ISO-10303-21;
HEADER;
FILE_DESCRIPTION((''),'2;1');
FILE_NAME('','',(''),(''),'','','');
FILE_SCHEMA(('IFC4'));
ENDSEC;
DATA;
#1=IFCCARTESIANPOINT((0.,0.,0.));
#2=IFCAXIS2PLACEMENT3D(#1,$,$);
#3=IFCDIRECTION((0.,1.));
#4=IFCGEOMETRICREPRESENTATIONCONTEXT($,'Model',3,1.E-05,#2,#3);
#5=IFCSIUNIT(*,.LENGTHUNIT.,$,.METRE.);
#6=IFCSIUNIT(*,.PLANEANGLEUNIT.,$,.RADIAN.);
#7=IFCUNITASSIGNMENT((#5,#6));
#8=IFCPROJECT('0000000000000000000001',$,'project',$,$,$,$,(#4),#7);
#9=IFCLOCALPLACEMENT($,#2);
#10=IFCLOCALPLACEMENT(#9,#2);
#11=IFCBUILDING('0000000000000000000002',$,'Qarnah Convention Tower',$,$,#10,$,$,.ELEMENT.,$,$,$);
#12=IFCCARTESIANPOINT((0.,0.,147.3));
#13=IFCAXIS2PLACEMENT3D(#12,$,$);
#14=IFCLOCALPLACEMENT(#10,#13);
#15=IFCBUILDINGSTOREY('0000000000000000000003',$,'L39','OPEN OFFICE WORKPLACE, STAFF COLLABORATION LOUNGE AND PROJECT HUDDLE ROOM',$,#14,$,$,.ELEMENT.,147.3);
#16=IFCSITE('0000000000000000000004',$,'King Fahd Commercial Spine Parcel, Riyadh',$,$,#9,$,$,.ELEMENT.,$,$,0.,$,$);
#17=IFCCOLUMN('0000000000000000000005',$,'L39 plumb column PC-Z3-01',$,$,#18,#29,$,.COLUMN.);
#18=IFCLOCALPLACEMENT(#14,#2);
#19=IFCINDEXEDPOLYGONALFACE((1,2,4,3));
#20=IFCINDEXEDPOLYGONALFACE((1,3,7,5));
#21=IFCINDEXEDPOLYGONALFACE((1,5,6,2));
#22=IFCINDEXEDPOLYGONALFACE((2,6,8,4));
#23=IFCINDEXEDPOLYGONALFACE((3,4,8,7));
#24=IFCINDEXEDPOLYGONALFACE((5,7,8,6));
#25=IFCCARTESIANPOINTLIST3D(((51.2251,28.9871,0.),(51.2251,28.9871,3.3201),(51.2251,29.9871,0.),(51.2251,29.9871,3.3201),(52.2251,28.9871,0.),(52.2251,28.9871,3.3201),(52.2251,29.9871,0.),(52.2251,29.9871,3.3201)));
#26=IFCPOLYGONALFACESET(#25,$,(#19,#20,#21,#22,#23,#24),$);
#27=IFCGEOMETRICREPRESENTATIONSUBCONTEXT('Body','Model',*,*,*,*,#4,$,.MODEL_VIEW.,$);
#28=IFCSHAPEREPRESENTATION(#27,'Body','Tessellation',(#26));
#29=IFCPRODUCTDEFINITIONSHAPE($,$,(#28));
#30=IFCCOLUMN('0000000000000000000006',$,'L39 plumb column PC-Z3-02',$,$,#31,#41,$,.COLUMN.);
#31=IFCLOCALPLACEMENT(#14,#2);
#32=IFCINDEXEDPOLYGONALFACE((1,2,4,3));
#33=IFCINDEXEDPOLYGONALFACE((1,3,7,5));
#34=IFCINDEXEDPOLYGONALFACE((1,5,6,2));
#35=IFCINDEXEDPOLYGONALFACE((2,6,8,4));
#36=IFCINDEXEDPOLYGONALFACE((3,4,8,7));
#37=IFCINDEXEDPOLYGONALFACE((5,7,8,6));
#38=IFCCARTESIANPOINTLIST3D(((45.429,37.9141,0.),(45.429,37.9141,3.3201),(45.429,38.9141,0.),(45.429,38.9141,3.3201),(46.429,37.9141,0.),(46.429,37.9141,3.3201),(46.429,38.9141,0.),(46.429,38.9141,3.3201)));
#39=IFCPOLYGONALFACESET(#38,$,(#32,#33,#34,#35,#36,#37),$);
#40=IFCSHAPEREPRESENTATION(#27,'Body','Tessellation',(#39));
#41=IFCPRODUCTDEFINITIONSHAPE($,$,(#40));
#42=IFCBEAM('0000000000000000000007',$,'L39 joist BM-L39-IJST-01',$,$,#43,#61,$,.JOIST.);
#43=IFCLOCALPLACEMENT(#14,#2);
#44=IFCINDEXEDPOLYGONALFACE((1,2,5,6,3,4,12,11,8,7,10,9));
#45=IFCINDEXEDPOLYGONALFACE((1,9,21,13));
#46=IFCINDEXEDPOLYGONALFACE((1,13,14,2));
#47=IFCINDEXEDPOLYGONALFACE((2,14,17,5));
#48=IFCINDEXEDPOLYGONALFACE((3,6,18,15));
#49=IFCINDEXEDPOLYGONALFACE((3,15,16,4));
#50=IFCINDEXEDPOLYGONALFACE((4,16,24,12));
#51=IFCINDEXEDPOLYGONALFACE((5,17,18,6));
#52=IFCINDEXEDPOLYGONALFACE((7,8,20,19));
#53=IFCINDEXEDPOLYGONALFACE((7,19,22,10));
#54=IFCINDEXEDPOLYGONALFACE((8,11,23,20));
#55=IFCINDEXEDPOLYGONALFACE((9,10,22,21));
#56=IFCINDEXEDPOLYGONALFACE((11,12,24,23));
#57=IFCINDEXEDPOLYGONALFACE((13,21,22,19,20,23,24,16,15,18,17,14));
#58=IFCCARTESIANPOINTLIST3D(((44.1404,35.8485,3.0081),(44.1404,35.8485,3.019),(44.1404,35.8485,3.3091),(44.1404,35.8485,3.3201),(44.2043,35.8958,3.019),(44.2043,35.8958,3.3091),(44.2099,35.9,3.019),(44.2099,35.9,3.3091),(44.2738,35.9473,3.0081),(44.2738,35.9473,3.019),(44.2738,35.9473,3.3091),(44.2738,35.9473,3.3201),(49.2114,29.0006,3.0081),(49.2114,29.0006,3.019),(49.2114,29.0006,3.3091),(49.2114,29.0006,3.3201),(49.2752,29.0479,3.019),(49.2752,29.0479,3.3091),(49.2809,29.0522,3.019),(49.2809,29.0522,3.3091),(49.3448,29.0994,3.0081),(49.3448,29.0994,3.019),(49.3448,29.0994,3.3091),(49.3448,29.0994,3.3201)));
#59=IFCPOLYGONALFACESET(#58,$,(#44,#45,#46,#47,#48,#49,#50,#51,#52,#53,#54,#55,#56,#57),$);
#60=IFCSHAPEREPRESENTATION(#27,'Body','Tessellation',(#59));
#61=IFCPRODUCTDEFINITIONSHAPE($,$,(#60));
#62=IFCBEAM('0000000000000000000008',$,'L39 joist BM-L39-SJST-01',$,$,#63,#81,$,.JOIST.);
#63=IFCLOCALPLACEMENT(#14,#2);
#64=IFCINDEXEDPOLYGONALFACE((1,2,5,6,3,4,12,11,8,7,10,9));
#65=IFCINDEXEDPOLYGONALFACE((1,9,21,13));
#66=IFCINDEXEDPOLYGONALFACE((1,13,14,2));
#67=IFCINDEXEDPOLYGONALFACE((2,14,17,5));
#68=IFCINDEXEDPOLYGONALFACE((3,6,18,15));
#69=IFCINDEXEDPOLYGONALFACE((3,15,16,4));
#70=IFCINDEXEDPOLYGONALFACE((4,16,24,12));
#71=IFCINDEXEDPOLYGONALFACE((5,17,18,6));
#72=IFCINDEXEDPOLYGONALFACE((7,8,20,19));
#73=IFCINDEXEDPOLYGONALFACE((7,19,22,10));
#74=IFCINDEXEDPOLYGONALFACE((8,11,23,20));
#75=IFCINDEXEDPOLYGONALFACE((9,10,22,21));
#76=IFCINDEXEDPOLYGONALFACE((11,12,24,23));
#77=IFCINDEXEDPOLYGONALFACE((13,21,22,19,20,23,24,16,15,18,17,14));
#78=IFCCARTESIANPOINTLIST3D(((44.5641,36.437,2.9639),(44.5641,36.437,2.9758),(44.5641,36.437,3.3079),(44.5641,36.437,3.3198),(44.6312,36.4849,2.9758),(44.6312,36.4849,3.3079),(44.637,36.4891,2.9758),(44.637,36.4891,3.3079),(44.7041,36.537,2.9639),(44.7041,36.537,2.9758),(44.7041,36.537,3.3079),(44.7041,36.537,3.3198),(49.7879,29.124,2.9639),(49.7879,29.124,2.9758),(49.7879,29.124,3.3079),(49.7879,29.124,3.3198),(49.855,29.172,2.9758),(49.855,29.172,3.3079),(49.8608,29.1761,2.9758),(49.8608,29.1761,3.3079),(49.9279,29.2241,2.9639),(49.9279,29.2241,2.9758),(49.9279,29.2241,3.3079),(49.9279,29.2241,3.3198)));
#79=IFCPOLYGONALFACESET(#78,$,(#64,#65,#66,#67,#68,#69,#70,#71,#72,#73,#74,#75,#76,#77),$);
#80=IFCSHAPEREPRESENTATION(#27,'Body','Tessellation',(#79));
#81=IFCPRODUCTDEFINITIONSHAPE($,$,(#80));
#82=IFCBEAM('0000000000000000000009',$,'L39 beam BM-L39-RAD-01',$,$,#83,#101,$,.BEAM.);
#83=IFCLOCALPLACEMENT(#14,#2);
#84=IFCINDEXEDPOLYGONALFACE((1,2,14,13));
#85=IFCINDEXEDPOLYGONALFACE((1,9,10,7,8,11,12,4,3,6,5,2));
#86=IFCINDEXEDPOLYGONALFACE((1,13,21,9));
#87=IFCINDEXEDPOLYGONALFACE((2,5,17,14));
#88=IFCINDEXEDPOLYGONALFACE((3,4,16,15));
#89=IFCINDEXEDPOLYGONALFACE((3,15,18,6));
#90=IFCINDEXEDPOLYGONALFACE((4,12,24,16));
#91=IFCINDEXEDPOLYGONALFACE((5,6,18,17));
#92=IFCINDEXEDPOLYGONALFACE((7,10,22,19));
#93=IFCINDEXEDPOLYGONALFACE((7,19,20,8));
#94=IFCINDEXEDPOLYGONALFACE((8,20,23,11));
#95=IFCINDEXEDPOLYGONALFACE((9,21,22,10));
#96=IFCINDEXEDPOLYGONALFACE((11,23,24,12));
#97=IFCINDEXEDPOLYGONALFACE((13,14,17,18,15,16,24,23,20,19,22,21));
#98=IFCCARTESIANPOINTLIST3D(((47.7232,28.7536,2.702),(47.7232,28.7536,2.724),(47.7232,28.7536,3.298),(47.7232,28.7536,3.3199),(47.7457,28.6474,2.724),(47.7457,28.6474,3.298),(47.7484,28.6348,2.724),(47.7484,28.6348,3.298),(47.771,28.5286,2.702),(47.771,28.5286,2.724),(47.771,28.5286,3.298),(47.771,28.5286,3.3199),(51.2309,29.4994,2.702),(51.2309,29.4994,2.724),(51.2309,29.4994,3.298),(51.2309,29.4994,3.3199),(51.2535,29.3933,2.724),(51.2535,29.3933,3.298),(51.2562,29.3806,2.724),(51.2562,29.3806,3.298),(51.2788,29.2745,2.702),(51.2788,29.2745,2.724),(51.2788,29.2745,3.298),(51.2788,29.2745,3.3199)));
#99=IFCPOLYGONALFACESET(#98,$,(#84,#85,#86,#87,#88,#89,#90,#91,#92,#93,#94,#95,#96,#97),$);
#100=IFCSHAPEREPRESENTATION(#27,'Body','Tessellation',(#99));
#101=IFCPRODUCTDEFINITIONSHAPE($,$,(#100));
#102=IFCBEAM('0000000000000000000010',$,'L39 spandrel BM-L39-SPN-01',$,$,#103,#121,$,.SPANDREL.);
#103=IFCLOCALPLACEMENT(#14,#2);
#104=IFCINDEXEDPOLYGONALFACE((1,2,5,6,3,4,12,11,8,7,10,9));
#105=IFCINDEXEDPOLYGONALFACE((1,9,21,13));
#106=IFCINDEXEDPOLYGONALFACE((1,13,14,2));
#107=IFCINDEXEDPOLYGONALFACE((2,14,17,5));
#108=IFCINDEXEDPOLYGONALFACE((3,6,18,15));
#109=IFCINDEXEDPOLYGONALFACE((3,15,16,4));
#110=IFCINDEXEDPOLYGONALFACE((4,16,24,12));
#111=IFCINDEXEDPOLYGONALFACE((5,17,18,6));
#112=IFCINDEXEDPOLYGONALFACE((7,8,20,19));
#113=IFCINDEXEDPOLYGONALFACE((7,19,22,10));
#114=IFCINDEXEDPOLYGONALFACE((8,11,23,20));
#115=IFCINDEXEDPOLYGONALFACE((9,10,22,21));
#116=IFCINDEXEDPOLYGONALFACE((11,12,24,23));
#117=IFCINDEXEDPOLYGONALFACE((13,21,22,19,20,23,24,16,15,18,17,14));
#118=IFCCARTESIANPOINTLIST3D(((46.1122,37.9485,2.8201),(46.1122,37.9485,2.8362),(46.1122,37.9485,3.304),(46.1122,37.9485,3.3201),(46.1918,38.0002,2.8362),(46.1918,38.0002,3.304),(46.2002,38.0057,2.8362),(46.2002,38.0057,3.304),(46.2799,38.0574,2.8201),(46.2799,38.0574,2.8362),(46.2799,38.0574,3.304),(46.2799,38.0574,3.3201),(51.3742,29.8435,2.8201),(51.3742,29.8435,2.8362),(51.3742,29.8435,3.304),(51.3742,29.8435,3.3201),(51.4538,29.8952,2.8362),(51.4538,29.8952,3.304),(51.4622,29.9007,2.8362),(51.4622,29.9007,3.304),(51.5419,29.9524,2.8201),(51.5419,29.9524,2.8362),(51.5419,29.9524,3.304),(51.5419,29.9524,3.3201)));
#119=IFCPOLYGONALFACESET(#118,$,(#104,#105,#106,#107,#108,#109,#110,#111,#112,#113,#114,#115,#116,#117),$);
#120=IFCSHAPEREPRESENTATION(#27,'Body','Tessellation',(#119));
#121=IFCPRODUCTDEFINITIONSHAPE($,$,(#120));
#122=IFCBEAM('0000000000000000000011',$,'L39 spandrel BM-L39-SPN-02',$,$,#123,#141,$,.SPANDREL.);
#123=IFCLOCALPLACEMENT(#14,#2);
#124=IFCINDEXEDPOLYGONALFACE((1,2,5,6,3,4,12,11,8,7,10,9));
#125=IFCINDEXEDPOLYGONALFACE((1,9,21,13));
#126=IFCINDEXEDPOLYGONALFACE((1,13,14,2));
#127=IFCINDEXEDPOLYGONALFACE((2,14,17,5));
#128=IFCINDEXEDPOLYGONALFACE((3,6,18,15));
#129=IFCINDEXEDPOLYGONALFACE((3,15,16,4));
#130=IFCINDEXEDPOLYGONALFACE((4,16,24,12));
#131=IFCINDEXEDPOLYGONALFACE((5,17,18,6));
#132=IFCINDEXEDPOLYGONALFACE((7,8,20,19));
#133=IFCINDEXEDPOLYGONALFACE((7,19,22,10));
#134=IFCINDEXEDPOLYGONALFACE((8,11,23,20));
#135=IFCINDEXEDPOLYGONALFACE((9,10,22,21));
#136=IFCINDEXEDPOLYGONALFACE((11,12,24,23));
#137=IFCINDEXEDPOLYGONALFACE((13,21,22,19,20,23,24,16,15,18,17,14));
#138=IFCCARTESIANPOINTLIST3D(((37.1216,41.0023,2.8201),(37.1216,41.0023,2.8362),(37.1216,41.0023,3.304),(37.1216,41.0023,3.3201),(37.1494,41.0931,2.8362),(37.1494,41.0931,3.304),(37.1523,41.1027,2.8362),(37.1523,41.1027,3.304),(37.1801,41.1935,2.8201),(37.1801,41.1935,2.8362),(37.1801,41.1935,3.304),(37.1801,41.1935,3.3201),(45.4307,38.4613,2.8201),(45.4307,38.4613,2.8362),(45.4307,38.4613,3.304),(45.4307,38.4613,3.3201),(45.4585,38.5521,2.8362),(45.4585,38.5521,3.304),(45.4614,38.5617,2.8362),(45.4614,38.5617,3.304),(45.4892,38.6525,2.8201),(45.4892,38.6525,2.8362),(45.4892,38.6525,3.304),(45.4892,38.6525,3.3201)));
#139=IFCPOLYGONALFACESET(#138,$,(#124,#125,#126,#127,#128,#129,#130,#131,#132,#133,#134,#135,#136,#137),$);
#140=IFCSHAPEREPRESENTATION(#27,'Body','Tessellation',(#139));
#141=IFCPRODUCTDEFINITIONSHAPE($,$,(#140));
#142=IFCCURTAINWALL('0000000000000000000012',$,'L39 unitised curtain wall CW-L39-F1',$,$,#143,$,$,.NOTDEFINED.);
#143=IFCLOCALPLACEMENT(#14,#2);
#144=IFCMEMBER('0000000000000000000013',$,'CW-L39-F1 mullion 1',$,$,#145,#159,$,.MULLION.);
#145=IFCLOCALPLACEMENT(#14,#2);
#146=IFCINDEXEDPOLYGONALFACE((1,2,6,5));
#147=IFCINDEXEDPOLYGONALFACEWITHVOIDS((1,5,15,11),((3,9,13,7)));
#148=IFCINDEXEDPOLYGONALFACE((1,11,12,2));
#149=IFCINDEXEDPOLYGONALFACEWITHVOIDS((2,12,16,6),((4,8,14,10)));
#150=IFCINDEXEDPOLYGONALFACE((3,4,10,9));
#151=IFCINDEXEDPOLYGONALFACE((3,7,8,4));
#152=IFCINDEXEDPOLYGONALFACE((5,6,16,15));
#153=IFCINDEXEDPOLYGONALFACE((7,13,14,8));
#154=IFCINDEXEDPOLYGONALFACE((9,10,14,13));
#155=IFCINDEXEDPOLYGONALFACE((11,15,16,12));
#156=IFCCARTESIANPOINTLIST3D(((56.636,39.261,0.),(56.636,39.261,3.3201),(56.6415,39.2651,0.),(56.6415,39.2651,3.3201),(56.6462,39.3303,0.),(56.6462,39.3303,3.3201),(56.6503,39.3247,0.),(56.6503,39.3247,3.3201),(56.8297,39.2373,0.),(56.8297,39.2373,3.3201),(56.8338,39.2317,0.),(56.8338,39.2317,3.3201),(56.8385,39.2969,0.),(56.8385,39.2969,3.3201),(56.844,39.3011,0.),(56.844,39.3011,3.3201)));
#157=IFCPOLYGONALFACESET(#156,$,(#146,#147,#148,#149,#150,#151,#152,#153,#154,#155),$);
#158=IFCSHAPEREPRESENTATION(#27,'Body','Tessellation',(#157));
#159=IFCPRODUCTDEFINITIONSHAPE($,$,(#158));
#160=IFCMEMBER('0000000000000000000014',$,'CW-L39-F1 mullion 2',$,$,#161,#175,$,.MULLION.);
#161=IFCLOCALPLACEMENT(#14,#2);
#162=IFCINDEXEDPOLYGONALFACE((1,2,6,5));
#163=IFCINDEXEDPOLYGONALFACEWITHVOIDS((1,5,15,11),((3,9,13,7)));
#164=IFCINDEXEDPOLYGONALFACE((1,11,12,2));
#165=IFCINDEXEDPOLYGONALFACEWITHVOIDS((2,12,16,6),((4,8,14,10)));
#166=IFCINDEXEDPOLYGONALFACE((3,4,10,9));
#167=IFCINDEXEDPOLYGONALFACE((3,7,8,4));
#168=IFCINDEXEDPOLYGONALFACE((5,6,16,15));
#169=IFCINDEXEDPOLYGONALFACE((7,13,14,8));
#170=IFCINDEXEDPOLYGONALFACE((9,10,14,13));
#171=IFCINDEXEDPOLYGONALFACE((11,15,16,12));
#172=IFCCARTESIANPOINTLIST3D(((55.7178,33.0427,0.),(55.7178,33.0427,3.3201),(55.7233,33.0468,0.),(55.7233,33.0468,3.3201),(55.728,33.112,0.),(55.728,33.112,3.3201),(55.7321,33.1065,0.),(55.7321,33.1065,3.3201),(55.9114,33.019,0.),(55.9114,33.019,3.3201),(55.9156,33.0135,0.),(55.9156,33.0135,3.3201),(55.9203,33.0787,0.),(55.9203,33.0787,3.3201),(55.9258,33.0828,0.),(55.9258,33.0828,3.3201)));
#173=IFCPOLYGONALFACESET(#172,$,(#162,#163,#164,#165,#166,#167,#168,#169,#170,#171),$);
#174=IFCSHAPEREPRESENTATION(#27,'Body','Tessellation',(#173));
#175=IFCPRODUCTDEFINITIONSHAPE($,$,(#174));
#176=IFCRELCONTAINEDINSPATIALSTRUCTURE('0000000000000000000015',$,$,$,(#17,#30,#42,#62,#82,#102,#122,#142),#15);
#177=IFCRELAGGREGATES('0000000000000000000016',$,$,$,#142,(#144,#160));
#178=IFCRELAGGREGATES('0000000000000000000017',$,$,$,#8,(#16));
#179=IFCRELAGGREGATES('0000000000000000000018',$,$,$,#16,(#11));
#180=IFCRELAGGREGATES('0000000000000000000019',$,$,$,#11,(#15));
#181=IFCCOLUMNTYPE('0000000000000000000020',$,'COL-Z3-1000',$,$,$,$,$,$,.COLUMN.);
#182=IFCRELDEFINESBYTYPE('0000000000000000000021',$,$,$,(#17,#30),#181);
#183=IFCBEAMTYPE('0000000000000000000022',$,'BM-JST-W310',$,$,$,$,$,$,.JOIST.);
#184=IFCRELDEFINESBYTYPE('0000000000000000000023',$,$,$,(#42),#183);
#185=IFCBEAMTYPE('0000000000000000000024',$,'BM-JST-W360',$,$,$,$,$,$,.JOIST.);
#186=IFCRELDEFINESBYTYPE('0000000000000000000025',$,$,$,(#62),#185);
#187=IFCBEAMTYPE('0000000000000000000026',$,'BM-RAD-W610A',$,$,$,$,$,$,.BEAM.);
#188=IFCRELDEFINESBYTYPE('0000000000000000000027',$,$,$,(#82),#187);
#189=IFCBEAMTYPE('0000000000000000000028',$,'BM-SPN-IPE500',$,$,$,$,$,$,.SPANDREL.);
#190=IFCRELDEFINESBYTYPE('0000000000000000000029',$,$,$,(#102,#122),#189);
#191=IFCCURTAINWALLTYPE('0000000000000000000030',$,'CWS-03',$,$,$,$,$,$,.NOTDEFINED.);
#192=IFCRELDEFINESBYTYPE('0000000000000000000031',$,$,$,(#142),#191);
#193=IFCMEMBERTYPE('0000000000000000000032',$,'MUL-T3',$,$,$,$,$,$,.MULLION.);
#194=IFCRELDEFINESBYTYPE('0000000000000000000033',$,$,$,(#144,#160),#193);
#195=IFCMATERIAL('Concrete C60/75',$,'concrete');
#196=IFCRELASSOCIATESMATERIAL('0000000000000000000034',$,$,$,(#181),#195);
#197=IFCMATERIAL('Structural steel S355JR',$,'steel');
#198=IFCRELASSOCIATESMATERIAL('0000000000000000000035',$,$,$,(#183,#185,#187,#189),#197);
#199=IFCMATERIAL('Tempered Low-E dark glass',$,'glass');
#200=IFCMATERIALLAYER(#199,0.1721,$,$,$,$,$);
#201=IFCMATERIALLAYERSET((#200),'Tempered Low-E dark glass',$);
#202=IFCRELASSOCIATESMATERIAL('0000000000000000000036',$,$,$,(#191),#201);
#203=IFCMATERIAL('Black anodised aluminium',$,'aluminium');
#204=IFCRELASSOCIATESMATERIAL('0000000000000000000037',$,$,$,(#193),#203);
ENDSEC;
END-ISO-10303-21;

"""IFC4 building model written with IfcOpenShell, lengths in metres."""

from ifc_helpers import new_model, si_unit, direction, frame, origin, origin_2d, place, context, subcontext, project, spatial, rectangle, hollow_rectangle, i_section, extrude, material, layer, layer_set, material_profile, profile_set, type_object, element, aggregate, save


model = new_model("IFC4")

# Units and contexts
model_context = context("Model", 3, precision=1e-05, world=origin(), true_north=direction((0.0, 1.0)))
body_context = subcontext(model_context, "Body", "Model", "MODEL_VIEW")
ifc_project = project(units=[si_unit("LENGTHUNIT", "METRE"), si_unit("PLANEANGLEUNIT", "RADIAN")], contexts=[model_context])

# Site, building, storey
site_placement = place(None, origin())
site = spatial("IfcSite", under=ifc_project, at=site_placement, Name="King Fahd Commercial Spine Parcel, Riyadh", CompositionType="ELEMENT", RefElevation=0.0)
building_placement = place(site_placement, origin())
building = spatial("IfcBuilding", under=site, at=building_placement, Name="Qarnah Convention Tower", CompositionType="ELEMENT")
storey_placement = place(building_placement, frame((0.0, 0.0, 147.3)))
storey = spatial("IfcBuildingStorey", under=building, at=storey_placement, Name="L39", Description="OPEN OFFICE WORKPLACE, STAFF COLLABORATION LOUNGE AND PROJECT HUDDLE ROOM", CompositionType="ELEMENT", Elevation=147.3)

# Columns
ifc_material_1 = material(Name="Concrete C60/75", Category="concrete")
ifc_material_profile_1 = material_profile(ifc_material_1, rectangle(XDim=1.0, YDim=1.0, at=origin_2d()), Name="RC-COL-1000X1000")
ifc_profile_set_1 = profile_set([ifc_material_profile_1], Name="Concrete C60/75")
column_type = type_object("IfcColumnType", Name="COL-Z3-1000", PredefinedType="COLUMN", material=ifc_profile_set_1)
for number, where, z_axis, x_axis, name in (
    (1, (51.7251, 29.4871, 0.0), (0.0, 0.0, 1.0), (1.0, 0.0, 0.0), "L39 plumb column PC-Z3-01"),
    (2, (45.929, 38.4141, 0.0), (0.0, 0.0, 1.0), (1.0, 0.0, 0.0), "L39 plumb column PC-Z3-02"),
):
    element("IfcColumn", number, at=place(storey_placement, frame(where, z_axis=z_axis, x_axis=x_axis)), inside=storey, type_object=column_type, Name=name, PredefinedType="COLUMN", context=body_context, shape_type="SweptSolid", body=[
        extrude(rectangle(XDim=1.0, YDim=1.0, at=origin_2d()), origin(), (0.0, 0.0, 1.0), 3.3201),
    ])

# Beams
ifc_material_2 = material(Name="Structural steel S355JR", Category="steel")
ifc_material_profile_2 = material_profile(ifc_material_2, i_section(OverallWidth=0.166, OverallDepth=0.312, WebThickness=0.0071, FlangeThickness=0.011, at=origin_2d()), Name="W310X45")
ifc_profile_set_2 = profile_set([ifc_material_profile_2], Name="Structural steel S355JR")
beam_type_1 = type_object("IfcBeamType", Name="BM-JST-W310", PredefinedType="JOIST", material=ifc_profile_set_2)
beam_1_placement = place(storey_placement, frame((49.2781, 29.05, 3.1641), z_axis=(-0.595116, 0.80364, 0.0), x_axis=(-0.80364, -0.595116, 0.0)))
element("IfcBeam", 3, at=beam_1_placement, inside=storey, type_object=beam_type_1, Name="L39 joist BM-L39-IJST-01", PredefinedType="JOIST", context=body_context, shape_type="SweptSolid", body=[
    extrude(i_section(OverallWidth=0.166, OverallDepth=0.312, WebThickness=0.0071, FlangeThickness=0.011, at=origin_2d()), origin(), (0.0, 0.0, 1.0), 8.521),
])
ifc_material_profile_3 = material_profile(ifc_material_2, i_section(OverallWidth=0.1721, OverallDepth=0.356, WebThickness=0.0071, FlangeThickness=0.012, at=origin_2d()), Name="W360X51")
ifc_profile_set_3 = profile_set([ifc_material_profile_3], Name="Structural steel S355JR")
beam_type_2 = type_object("IfcBeamType", Name="BM-JST-W360", PredefinedType="JOIST", material=ifc_profile_set_3)
beam_2_placement = place(storey_placement, frame((49.8579, 29.1741, 3.1418), z_axis=(-0.581261, 0.813717, 0.0), x_axis=(-0.813717, -0.581261, 0.0)))
element("IfcBeam", 4, at=beam_2_placement, inside=storey, type_object=beam_type_2, Name="L39 joist BM-L39-SJST-01", PredefinedType="JOIST", context=body_context, shape_type="SweptSolid", body=[
    extrude(i_section(OverallWidth=0.1721, OverallDepth=0.356, WebThickness=0.0071, FlangeThickness=0.012, at=origin_2d()), origin(), (0.0, 0.0, 1.0), 8.9871),
])
ifc_material_profile_4 = material_profile(ifc_material_2, i_section(OverallWidth=0.23, OverallDepth=0.6179, WebThickness=0.0129, FlangeThickness=0.022, at=origin_2d()), Name="W610X140")
ifc_profile_set_4 = profile_set([ifc_material_profile_4], Name="Structural steel S355JR")
beam_type_3 = type_object("IfcBeamType", Name="BM-RAD-W610A", PredefinedType="BEAM", material=ifc_profile_set_4)
beam_3_placement = place(storey_placement, frame((47.7471, 28.6411, 3.011), z_axis=(0.978134, 0.207976, 0.0), x_axis=(-0.207976, 0.978134, 0.0)))
element("IfcBeam", 5, at=beam_3_placement, inside=storey, type_object=beam_type_3, Name="L39 beam BM-L39-RAD-01", PredefinedType="BEAM", context=body_context, shape_type="SweptSolid", body=[
    extrude(i_section(OverallWidth=0.23, OverallDepth=0.6179, WebThickness=0.0129, FlangeThickness=0.022, at=origin_2d()), origin(), (0.0, 0.0, 1.0), 3.5862),
])
ifc_material_profile_5 = material_profile(ifc_material_2, i_section(OverallWidth=0.2, OverallDepth=0.5, WebThickness=0.01, FlangeThickness=0.0161, at=origin_2d()), Name="IPE500")
ifc_profile_set_5 = profile_set([ifc_material_profile_5], Name="Structural steel S355JR")
beam_type_4 = type_object("IfcBeamType", Name="BM-SPN-IPE500", PredefinedType="SPANDREL", material=ifc_profile_set_5)
beam_4_placement = place(storey_placement, frame((51.458, 29.8979, 3.0701), z_axis=(-0.544532, 0.83874, 0.0), x_axis=(-0.83874, -0.544532, 0.0)))
element("IfcBeam", 6, at=beam_4_placement, inside=storey, type_object=beam_type_4, Name="L39 spandrel BM-L39-SPN-01", PredefinedType="SPANDREL", context=body_context, shape_type="SweptSolid", body=[
    extrude(i_section(OverallWidth=0.2, OverallDepth=0.5, WebThickness=0.01, FlangeThickness=0.0161, at=origin_2d()), origin(), (0.0, 0.0, 1.0), 9.6633),
])
beam_5_placement = place(storey_placement, frame((45.46, 38.5569, 3.0701), z_axis=(-0.956283, 0.292443, 0.0), x_axis=(-0.292443, -0.956283, 0.0)))
element("IfcBeam", 7, at=beam_5_placement, inside=storey, type_object=beam_type_4, Name="L39 spandrel BM-L39-SPN-02", PredefinedType="SPANDREL", context=body_context, shape_type="SweptSolid", body=[
    extrude(i_section(OverallWidth=0.2, OverallDepth=0.5, WebThickness=0.01, FlangeThickness=0.0161, at=origin_2d()), origin(), (0.0, 0.0, 1.0), 8.689),
])

# Curtain wall, members
ifc_material_3 = material(Name="Tempered Low-E dark glass", Category="glass")
ifc_layer_1 = layer(ifc_material_3, 0.1721)
ifc_layer_set_1 = layer_set([ifc_layer_1], Name="Tempered Low-E dark glass")
curtain_wall_type = type_object("IfcCurtainWallType", Name="CWS-03", PredefinedType="NOTDEFINED", material=ifc_layer_set_1)
curtain_wall_1_placement = place(storey_placement, origin())
curtain_wall_1 = element("IfcCurtainWall", 8, at=curtain_wall_1_placement, inside=storey, type_object=curtain_wall_type, Name="L39 unitised curtain wall CW-L39-F1", PredefinedType="NOTDEFINED")
ifc_material_4 = material(Name="Black anodised aluminium", Category="aluminium")
ifc_material_profile_6 = material_profile(ifc_material_4, hollow_rectangle(XDim=0.0701, YDim=0.2, WallThickness=0.0049, at=origin_2d()), Name="MUL-70X200")
ifc_profile_set_6 = profile_set([ifc_material_profile_6], Name="Black anodised aluminium")
member_type_1 = type_object("IfcMemberType", Name="MUL-T3", PredefinedType="MULLION", material=ifc_profile_set_6)
member_1_placement = place(storey_placement, frame((56.74, 39.281, 0.0), z_axis=(0.0, 0.0, 1.0), x_axis=(-0.146079, -0.989273, 0.0)))
member_1 = element("IfcMember", 9, at=member_1_placement, type_object=member_type_1, Name="CW-L39-F1 mullion 1", PredefinedType="MULLION", context=body_context, shape_type="SweptSolid", body=[
    extrude(hollow_rectangle(XDim=0.0701, YDim=0.2, WallThickness=0.0049, at=origin_2d()), origin(), (0.0, 0.0, 1.0), 3.3201),
])
member_2_placement = place(storey_placement, frame((55.8218, 33.0627, 0.0), z_axis=(0.0, 0.0, 1.0), x_axis=(-0.146079, -0.989273, 0.0)))
member_2 = element("IfcMember", 10, at=member_2_placement, type_object=member_type_1, Name="CW-L39-F1 mullion 2", PredefinedType="MULLION", context=body_context, shape_type="SweptSolid", body=[
    extrude(hollow_rectangle(XDim=0.0701, YDim=0.2, WallThickness=0.0049, at=origin_2d()), origin(), (0.0, 0.0, 1.0), 3.3201),
])

aggregate(curtain_wall_1, [member_1, member_2])

save(model, "model.ifc")
